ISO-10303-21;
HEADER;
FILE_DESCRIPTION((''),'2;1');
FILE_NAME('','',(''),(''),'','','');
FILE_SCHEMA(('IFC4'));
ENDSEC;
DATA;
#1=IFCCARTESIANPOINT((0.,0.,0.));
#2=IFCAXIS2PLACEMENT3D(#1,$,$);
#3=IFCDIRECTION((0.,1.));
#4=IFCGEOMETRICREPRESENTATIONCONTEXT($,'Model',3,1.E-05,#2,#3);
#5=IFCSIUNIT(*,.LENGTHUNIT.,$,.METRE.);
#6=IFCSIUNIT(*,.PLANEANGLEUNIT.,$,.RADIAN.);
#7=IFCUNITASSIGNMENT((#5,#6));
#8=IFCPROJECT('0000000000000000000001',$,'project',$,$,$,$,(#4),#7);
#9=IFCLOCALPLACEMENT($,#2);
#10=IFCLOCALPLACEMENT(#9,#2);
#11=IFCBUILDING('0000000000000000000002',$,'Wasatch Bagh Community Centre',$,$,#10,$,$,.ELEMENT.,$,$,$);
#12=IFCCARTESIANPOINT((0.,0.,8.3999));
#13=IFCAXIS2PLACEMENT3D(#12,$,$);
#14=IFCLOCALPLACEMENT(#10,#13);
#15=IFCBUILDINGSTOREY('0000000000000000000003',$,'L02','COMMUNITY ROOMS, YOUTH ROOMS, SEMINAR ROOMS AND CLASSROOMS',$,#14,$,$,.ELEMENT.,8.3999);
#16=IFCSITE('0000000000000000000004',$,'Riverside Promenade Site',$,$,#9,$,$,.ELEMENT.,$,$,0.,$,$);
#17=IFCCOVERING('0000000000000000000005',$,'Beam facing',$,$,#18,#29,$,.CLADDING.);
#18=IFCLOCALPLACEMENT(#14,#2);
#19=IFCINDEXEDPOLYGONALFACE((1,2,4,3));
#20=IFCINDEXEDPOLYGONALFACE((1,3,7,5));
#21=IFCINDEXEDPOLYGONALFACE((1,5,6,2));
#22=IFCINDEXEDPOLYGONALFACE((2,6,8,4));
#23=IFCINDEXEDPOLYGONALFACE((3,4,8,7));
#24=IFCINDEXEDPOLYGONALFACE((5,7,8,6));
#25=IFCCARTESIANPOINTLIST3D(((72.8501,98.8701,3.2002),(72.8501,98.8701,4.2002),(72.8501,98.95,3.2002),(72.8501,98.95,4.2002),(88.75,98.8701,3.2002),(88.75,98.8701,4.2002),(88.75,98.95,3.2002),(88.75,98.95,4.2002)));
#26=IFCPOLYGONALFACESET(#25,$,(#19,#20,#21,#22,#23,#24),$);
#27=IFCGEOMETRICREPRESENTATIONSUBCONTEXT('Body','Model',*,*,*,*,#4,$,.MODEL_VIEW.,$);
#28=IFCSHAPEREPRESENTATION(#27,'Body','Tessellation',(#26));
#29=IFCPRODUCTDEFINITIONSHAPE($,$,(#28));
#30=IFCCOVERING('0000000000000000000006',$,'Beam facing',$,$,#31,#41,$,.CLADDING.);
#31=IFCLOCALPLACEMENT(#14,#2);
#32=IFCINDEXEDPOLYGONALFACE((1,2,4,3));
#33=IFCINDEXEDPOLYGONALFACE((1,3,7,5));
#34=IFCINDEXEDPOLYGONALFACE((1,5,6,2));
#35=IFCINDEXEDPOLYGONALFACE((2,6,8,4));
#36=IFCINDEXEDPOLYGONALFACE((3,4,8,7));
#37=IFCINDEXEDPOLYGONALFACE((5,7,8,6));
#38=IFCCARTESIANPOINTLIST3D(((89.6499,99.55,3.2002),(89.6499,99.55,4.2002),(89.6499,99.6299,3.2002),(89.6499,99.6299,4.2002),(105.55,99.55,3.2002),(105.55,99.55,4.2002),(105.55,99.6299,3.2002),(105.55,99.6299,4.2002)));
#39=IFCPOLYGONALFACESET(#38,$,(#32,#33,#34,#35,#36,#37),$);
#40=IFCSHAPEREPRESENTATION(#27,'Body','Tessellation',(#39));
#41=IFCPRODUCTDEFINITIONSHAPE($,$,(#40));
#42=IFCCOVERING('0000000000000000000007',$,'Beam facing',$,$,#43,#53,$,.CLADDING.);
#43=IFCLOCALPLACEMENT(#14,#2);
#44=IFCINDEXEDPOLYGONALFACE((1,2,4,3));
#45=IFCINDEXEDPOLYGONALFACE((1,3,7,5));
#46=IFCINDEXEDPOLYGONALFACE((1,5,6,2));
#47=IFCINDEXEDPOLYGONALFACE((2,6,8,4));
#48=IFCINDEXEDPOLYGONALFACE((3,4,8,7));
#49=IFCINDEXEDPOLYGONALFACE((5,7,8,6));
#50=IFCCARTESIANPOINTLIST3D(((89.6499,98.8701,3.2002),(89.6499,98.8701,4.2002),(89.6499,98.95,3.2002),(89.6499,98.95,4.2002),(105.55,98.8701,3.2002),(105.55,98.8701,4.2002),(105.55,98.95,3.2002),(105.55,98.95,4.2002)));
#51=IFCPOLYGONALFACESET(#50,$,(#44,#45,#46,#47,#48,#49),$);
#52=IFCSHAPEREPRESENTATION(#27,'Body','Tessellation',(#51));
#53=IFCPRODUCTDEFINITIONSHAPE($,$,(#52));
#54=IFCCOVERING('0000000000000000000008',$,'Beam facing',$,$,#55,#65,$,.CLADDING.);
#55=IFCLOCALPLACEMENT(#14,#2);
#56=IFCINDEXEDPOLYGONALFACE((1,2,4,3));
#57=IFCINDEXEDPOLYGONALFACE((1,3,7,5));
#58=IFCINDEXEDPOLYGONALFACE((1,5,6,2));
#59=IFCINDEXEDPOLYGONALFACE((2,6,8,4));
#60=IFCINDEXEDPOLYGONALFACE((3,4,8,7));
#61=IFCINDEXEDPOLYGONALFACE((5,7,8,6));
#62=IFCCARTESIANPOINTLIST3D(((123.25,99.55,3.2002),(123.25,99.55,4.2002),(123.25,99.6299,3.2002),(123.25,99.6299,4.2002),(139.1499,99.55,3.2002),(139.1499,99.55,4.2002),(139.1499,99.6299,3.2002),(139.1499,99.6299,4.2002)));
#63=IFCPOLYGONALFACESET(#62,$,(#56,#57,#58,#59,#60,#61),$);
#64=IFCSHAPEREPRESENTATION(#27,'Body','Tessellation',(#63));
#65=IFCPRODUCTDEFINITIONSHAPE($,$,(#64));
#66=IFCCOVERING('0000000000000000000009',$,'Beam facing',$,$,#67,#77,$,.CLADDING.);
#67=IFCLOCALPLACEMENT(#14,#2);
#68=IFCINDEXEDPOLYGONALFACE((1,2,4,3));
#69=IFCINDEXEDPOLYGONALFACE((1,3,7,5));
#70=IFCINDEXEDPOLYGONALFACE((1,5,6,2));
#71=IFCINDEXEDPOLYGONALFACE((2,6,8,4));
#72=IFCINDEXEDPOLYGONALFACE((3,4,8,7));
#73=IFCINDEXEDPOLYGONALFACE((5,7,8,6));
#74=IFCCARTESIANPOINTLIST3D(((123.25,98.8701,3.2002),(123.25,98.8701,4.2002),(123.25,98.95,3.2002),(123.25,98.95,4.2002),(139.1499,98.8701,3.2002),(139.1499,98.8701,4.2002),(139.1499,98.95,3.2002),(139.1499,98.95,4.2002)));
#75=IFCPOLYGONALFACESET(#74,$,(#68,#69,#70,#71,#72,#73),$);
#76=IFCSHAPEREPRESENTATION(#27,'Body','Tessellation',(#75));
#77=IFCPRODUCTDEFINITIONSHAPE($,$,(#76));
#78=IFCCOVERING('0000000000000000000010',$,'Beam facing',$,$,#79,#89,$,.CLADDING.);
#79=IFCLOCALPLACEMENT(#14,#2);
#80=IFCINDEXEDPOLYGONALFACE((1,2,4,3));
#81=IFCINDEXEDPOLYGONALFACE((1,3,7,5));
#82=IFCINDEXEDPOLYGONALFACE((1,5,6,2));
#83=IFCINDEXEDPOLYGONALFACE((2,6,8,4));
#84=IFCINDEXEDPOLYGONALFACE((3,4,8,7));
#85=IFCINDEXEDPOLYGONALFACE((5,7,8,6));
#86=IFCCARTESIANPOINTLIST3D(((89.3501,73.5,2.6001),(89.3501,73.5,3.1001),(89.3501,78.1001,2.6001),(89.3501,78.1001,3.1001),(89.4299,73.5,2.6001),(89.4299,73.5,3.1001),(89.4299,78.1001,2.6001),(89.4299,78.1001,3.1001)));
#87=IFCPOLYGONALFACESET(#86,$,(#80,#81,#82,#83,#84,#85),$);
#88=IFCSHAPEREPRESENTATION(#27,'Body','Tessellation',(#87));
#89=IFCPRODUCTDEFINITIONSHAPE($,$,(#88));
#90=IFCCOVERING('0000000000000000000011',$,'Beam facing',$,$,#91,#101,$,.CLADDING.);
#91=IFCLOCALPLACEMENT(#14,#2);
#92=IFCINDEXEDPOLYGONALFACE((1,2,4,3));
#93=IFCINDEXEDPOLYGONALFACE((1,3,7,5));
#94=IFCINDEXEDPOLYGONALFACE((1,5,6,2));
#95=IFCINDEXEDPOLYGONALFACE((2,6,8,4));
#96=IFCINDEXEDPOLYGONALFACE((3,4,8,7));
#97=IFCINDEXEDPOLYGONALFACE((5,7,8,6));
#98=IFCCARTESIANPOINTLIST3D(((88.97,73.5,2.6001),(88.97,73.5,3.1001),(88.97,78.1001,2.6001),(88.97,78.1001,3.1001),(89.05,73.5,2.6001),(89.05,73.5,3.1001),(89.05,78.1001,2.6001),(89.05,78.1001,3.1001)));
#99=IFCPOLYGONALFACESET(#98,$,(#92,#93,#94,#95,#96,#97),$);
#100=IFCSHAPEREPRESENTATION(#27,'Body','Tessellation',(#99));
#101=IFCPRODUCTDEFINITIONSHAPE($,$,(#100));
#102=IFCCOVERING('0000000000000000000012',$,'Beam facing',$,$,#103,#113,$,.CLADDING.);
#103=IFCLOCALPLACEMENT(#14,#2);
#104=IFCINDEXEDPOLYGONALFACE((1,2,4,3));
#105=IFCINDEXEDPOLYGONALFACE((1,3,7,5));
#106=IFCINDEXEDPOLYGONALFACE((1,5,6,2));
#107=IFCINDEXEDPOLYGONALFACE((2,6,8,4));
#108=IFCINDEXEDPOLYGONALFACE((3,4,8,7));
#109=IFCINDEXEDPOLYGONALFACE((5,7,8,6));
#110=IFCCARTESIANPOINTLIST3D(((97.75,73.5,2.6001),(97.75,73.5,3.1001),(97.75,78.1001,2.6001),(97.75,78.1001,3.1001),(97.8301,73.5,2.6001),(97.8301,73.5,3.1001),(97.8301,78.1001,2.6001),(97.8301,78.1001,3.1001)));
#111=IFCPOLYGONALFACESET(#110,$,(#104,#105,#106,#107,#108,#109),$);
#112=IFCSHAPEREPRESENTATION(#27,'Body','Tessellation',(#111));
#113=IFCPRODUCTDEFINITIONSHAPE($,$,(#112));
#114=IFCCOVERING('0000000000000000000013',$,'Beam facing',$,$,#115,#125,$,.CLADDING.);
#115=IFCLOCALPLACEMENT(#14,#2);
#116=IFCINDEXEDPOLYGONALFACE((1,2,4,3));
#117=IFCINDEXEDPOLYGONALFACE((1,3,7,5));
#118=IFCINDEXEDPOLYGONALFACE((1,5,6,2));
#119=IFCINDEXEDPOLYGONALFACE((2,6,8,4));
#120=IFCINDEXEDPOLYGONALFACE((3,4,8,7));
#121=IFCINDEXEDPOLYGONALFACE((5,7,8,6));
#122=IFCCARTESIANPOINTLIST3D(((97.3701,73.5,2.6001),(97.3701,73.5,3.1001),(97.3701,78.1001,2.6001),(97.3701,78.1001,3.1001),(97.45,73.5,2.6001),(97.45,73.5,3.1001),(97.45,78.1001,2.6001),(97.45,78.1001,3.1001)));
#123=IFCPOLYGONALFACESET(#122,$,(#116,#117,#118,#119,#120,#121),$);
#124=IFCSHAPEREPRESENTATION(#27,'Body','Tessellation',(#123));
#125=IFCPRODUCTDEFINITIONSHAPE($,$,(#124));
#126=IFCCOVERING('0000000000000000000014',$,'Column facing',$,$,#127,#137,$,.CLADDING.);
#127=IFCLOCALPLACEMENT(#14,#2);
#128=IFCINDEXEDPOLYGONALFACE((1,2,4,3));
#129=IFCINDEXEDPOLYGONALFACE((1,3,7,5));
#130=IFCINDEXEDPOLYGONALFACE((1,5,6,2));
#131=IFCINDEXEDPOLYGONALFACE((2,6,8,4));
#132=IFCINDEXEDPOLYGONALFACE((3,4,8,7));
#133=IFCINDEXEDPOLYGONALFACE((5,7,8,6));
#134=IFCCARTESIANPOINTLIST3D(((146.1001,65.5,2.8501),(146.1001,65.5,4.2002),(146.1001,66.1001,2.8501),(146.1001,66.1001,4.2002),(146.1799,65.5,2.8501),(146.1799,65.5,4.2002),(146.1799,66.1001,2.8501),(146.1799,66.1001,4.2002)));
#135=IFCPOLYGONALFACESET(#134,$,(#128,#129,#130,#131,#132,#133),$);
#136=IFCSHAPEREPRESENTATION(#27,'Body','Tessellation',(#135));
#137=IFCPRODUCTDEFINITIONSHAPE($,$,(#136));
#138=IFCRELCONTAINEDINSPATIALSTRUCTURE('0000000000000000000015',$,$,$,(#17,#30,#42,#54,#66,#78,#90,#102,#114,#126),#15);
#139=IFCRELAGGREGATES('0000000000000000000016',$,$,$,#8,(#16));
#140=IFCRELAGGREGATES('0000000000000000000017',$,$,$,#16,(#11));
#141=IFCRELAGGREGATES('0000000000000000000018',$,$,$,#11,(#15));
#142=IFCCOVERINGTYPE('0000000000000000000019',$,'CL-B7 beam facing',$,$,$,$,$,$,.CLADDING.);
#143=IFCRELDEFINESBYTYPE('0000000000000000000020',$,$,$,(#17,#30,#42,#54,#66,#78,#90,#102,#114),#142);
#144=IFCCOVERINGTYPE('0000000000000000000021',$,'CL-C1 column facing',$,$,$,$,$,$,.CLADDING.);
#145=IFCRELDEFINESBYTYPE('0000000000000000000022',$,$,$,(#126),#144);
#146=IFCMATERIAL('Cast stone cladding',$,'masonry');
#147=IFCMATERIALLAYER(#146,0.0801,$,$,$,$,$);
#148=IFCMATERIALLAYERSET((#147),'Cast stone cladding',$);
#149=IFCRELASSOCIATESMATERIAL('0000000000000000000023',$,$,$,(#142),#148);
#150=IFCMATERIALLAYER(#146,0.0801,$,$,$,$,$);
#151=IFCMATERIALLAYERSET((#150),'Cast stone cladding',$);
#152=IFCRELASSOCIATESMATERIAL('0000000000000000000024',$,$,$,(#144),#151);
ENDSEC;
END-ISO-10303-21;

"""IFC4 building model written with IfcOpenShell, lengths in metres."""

from ifc_helpers import new_model, si_unit, direction, frame, origin, place, context, subcontext, project, spatial, polyline, outline, extrude, material, layer, layer_set, type_object, element, save


model = new_model("IFC4")

# Units and contexts
model_context = context("Model", 3, precision=1e-05, world=origin(), true_north=direction((0.0, 1.0)))
body_context = subcontext(model_context, "Body", "Model", "MODEL_VIEW")
ifc_project = project(units=[si_unit("LENGTHUNIT", "METRE"), si_unit("PLANEANGLEUNIT", "RADIAN")], contexts=[model_context])

# Site, building, storey
site_placement = place(None, origin())
site = spatial("IfcSite", under=ifc_project, at=site_placement, Name="Riverside Promenade Site", CompositionType="ELEMENT", RefElevation=0.0)
building_placement = place(site_placement, origin())
building = spatial("IfcBuilding", under=site, at=building_placement, Name="Wasatch Bagh Community Centre", CompositionType="ELEMENT")
storey_placement = place(building_placement, frame((0.0, 0.0, 8.3999)))
storey = spatial("IfcBuildingStorey", under=building, at=storey_placement, Name="L02", Description="COMMUNITY ROOMS, YOUTH ROOMS, SEMINAR ROOMS AND CLASSROOMS", CompositionType="ELEMENT", Elevation=8.3999)

# Coverings
ifc_material = material(Name="Cast stone cladding", Category="masonry")
ifc_layer_1 = layer(ifc_material, 0.0801)
ifc_layer_set_1 = layer_set([ifc_layer_1], Name="Cast stone cladding")
covering_type_1 = type_object("IfcCoveringType", Name="CL-B7 beam facing", PredefinedType="CLADDING", material=ifc_layer_set_1)
covering_1_placement = place(storey_placement, frame((0.0, 0.0, 3.2002)))
element("IfcCovering", 1, at=covering_1_placement, inside=storey, type_object=covering_type_1, Name="Beam facing", PredefinedType="CLADDING", context=body_context, shape_type="SweptSolid", body=[
    extrude(outline(polyline([(72.8501, 98.95), (88.75, 98.95), (88.75, 98.8701), (72.8501, 98.8701), (72.8501, 98.95)])), origin(), (0.0, 0.0, 1.0), 1.0),
])
covering_2_placement = place(storey_placement, frame((0.0, 0.0, 3.2002)))
element("IfcCovering", 2, at=covering_2_placement, inside=storey, type_object=covering_type_1, Name="Beam facing", PredefinedType="CLADDING", context=body_context, shape_type="SweptSolid", body=[
    extrude(outline(polyline([(89.6499, 99.55), (105.55, 99.55), (105.55, 99.6299), (89.6499, 99.6299), (89.6499, 99.55)])), origin(), (0.0, 0.0, 1.0), 1.0),
])
covering_3_placement = place(storey_placement, frame((0.0, 0.0, 3.2002)))
element("IfcCovering", 3, at=covering_3_placement, inside=storey, type_object=covering_type_1, Name="Beam facing", PredefinedType="CLADDING", context=body_context, shape_type="SweptSolid", body=[
    extrude(outline(polyline([(89.6499, 98.95), (105.55, 98.95), (105.55, 98.8701), (89.6499, 98.8701), (89.6499, 98.95)])), origin(), (0.0, 0.0, 1.0), 1.0),
])
covering_4_placement = place(storey_placement, frame((0.0, 0.0, 3.2002)))
element("IfcCovering", 4, at=covering_4_placement, inside=storey, type_object=covering_type_1, Name="Beam facing", PredefinedType="CLADDING", context=body_context, shape_type="SweptSolid", body=[
    extrude(outline(polyline([(123.25, 99.55), (139.1499, 99.55), (139.1499, 99.6299), (123.25, 99.6299), (123.25, 99.55)])), origin(), (0.0, 0.0, 1.0), 1.0),
])
covering_5_placement = place(storey_placement, frame((0.0, 0.0, 3.2002)))
element("IfcCovering", 5, at=covering_5_placement, inside=storey, type_object=covering_type_1, Name="Beam facing", PredefinedType="CLADDING", context=body_context, shape_type="SweptSolid", body=[
    extrude(outline(polyline([(123.25, 98.95), (139.1499, 98.95), (139.1499, 98.8701), (123.25, 98.8701), (123.25, 98.95)])), origin(), (0.0, 0.0, 1.0), 1.0),
])
covering_6_placement = place(storey_placement, frame((0.0, 0.0, 2.6001)))
element("IfcCovering", 6, at=covering_6_placement, inside=storey, type_object=covering_type_1, Name="Beam facing", PredefinedType="CLADDING", context=body_context, shape_type="SweptSolid", body=[
    extrude(outline(polyline([(89.3501, 78.1001), (89.3501, 73.5), (89.4299, 73.5), (89.4299, 78.1001), (89.3501, 78.1001)])), origin(), (0.0, 0.0, 1.0), 0.5),
])
covering_7_placement = place(storey_placement, frame((0.0, 0.0, 2.6001)))
element("IfcCovering", 7, at=covering_7_placement, inside=storey, type_object=covering_type_1, Name="Beam facing", PredefinedType="CLADDING", context=body_context, shape_type="SweptSolid", body=[
    extrude(outline(polyline([(89.05, 78.1001), (89.05, 73.5), (88.97, 73.5), (88.97, 78.1001), (89.05, 78.1001)])), origin(), (0.0, 0.0, 1.0), 0.5),
])
covering_8_placement = place(storey_placement, frame((0.0, 0.0, 2.6001)))
element("IfcCovering", 8, at=covering_8_placement, inside=storey, type_object=covering_type_1, Name="Beam facing", PredefinedType="CLADDING", context=body_context, shape_type="SweptSolid", body=[
    extrude(outline(polyline([(97.75, 78.1001), (97.75, 73.5), (97.8301, 73.5), (97.8301, 78.1001), (97.75, 78.1001)])), origin(), (0.0, 0.0, 1.0), 0.5),
])
covering_9_placement = place(storey_placement, frame((0.0, 0.0, 2.6001)))
element("IfcCovering", 9, at=covering_9_placement, inside=storey, type_object=covering_type_1, Name="Beam facing", PredefinedType="CLADDING", context=body_context, shape_type="SweptSolid", body=[
    extrude(outline(polyline([(97.45, 78.1001), (97.45, 73.5), (97.3701, 73.5), (97.3701, 78.1001), (97.45, 78.1001)])), origin(), (0.0, 0.0, 1.0), 0.5),
])
ifc_layer_2 = layer(ifc_material, 0.0801)
ifc_layer_set_2 = layer_set([ifc_layer_2], Name="Cast stone cladding")
covering_type_2 = type_object("IfcCoveringType", Name="CL-C1 column facing", PredefinedType="CLADDING", material=ifc_layer_set_2)
covering_10_placement = place(storey_placement, frame((0.0, 0.0, 2.8501)))
element("IfcCovering", 10, at=covering_10_placement, inside=storey, type_object=covering_type_2, Name="Column facing", PredefinedType="CLADDING", context=body_context, shape_type="SweptSolid", body=[
    extrude(outline(polyline([(146.1001, 65.5), (146.1001, 66.1001), (146.1799, 66.1001), (146.1799, 65.5), (146.1001, 65.5)])), origin(), (0.0, 0.0, 1.0), 1.3501),
])

save(model, "model.ifc")
